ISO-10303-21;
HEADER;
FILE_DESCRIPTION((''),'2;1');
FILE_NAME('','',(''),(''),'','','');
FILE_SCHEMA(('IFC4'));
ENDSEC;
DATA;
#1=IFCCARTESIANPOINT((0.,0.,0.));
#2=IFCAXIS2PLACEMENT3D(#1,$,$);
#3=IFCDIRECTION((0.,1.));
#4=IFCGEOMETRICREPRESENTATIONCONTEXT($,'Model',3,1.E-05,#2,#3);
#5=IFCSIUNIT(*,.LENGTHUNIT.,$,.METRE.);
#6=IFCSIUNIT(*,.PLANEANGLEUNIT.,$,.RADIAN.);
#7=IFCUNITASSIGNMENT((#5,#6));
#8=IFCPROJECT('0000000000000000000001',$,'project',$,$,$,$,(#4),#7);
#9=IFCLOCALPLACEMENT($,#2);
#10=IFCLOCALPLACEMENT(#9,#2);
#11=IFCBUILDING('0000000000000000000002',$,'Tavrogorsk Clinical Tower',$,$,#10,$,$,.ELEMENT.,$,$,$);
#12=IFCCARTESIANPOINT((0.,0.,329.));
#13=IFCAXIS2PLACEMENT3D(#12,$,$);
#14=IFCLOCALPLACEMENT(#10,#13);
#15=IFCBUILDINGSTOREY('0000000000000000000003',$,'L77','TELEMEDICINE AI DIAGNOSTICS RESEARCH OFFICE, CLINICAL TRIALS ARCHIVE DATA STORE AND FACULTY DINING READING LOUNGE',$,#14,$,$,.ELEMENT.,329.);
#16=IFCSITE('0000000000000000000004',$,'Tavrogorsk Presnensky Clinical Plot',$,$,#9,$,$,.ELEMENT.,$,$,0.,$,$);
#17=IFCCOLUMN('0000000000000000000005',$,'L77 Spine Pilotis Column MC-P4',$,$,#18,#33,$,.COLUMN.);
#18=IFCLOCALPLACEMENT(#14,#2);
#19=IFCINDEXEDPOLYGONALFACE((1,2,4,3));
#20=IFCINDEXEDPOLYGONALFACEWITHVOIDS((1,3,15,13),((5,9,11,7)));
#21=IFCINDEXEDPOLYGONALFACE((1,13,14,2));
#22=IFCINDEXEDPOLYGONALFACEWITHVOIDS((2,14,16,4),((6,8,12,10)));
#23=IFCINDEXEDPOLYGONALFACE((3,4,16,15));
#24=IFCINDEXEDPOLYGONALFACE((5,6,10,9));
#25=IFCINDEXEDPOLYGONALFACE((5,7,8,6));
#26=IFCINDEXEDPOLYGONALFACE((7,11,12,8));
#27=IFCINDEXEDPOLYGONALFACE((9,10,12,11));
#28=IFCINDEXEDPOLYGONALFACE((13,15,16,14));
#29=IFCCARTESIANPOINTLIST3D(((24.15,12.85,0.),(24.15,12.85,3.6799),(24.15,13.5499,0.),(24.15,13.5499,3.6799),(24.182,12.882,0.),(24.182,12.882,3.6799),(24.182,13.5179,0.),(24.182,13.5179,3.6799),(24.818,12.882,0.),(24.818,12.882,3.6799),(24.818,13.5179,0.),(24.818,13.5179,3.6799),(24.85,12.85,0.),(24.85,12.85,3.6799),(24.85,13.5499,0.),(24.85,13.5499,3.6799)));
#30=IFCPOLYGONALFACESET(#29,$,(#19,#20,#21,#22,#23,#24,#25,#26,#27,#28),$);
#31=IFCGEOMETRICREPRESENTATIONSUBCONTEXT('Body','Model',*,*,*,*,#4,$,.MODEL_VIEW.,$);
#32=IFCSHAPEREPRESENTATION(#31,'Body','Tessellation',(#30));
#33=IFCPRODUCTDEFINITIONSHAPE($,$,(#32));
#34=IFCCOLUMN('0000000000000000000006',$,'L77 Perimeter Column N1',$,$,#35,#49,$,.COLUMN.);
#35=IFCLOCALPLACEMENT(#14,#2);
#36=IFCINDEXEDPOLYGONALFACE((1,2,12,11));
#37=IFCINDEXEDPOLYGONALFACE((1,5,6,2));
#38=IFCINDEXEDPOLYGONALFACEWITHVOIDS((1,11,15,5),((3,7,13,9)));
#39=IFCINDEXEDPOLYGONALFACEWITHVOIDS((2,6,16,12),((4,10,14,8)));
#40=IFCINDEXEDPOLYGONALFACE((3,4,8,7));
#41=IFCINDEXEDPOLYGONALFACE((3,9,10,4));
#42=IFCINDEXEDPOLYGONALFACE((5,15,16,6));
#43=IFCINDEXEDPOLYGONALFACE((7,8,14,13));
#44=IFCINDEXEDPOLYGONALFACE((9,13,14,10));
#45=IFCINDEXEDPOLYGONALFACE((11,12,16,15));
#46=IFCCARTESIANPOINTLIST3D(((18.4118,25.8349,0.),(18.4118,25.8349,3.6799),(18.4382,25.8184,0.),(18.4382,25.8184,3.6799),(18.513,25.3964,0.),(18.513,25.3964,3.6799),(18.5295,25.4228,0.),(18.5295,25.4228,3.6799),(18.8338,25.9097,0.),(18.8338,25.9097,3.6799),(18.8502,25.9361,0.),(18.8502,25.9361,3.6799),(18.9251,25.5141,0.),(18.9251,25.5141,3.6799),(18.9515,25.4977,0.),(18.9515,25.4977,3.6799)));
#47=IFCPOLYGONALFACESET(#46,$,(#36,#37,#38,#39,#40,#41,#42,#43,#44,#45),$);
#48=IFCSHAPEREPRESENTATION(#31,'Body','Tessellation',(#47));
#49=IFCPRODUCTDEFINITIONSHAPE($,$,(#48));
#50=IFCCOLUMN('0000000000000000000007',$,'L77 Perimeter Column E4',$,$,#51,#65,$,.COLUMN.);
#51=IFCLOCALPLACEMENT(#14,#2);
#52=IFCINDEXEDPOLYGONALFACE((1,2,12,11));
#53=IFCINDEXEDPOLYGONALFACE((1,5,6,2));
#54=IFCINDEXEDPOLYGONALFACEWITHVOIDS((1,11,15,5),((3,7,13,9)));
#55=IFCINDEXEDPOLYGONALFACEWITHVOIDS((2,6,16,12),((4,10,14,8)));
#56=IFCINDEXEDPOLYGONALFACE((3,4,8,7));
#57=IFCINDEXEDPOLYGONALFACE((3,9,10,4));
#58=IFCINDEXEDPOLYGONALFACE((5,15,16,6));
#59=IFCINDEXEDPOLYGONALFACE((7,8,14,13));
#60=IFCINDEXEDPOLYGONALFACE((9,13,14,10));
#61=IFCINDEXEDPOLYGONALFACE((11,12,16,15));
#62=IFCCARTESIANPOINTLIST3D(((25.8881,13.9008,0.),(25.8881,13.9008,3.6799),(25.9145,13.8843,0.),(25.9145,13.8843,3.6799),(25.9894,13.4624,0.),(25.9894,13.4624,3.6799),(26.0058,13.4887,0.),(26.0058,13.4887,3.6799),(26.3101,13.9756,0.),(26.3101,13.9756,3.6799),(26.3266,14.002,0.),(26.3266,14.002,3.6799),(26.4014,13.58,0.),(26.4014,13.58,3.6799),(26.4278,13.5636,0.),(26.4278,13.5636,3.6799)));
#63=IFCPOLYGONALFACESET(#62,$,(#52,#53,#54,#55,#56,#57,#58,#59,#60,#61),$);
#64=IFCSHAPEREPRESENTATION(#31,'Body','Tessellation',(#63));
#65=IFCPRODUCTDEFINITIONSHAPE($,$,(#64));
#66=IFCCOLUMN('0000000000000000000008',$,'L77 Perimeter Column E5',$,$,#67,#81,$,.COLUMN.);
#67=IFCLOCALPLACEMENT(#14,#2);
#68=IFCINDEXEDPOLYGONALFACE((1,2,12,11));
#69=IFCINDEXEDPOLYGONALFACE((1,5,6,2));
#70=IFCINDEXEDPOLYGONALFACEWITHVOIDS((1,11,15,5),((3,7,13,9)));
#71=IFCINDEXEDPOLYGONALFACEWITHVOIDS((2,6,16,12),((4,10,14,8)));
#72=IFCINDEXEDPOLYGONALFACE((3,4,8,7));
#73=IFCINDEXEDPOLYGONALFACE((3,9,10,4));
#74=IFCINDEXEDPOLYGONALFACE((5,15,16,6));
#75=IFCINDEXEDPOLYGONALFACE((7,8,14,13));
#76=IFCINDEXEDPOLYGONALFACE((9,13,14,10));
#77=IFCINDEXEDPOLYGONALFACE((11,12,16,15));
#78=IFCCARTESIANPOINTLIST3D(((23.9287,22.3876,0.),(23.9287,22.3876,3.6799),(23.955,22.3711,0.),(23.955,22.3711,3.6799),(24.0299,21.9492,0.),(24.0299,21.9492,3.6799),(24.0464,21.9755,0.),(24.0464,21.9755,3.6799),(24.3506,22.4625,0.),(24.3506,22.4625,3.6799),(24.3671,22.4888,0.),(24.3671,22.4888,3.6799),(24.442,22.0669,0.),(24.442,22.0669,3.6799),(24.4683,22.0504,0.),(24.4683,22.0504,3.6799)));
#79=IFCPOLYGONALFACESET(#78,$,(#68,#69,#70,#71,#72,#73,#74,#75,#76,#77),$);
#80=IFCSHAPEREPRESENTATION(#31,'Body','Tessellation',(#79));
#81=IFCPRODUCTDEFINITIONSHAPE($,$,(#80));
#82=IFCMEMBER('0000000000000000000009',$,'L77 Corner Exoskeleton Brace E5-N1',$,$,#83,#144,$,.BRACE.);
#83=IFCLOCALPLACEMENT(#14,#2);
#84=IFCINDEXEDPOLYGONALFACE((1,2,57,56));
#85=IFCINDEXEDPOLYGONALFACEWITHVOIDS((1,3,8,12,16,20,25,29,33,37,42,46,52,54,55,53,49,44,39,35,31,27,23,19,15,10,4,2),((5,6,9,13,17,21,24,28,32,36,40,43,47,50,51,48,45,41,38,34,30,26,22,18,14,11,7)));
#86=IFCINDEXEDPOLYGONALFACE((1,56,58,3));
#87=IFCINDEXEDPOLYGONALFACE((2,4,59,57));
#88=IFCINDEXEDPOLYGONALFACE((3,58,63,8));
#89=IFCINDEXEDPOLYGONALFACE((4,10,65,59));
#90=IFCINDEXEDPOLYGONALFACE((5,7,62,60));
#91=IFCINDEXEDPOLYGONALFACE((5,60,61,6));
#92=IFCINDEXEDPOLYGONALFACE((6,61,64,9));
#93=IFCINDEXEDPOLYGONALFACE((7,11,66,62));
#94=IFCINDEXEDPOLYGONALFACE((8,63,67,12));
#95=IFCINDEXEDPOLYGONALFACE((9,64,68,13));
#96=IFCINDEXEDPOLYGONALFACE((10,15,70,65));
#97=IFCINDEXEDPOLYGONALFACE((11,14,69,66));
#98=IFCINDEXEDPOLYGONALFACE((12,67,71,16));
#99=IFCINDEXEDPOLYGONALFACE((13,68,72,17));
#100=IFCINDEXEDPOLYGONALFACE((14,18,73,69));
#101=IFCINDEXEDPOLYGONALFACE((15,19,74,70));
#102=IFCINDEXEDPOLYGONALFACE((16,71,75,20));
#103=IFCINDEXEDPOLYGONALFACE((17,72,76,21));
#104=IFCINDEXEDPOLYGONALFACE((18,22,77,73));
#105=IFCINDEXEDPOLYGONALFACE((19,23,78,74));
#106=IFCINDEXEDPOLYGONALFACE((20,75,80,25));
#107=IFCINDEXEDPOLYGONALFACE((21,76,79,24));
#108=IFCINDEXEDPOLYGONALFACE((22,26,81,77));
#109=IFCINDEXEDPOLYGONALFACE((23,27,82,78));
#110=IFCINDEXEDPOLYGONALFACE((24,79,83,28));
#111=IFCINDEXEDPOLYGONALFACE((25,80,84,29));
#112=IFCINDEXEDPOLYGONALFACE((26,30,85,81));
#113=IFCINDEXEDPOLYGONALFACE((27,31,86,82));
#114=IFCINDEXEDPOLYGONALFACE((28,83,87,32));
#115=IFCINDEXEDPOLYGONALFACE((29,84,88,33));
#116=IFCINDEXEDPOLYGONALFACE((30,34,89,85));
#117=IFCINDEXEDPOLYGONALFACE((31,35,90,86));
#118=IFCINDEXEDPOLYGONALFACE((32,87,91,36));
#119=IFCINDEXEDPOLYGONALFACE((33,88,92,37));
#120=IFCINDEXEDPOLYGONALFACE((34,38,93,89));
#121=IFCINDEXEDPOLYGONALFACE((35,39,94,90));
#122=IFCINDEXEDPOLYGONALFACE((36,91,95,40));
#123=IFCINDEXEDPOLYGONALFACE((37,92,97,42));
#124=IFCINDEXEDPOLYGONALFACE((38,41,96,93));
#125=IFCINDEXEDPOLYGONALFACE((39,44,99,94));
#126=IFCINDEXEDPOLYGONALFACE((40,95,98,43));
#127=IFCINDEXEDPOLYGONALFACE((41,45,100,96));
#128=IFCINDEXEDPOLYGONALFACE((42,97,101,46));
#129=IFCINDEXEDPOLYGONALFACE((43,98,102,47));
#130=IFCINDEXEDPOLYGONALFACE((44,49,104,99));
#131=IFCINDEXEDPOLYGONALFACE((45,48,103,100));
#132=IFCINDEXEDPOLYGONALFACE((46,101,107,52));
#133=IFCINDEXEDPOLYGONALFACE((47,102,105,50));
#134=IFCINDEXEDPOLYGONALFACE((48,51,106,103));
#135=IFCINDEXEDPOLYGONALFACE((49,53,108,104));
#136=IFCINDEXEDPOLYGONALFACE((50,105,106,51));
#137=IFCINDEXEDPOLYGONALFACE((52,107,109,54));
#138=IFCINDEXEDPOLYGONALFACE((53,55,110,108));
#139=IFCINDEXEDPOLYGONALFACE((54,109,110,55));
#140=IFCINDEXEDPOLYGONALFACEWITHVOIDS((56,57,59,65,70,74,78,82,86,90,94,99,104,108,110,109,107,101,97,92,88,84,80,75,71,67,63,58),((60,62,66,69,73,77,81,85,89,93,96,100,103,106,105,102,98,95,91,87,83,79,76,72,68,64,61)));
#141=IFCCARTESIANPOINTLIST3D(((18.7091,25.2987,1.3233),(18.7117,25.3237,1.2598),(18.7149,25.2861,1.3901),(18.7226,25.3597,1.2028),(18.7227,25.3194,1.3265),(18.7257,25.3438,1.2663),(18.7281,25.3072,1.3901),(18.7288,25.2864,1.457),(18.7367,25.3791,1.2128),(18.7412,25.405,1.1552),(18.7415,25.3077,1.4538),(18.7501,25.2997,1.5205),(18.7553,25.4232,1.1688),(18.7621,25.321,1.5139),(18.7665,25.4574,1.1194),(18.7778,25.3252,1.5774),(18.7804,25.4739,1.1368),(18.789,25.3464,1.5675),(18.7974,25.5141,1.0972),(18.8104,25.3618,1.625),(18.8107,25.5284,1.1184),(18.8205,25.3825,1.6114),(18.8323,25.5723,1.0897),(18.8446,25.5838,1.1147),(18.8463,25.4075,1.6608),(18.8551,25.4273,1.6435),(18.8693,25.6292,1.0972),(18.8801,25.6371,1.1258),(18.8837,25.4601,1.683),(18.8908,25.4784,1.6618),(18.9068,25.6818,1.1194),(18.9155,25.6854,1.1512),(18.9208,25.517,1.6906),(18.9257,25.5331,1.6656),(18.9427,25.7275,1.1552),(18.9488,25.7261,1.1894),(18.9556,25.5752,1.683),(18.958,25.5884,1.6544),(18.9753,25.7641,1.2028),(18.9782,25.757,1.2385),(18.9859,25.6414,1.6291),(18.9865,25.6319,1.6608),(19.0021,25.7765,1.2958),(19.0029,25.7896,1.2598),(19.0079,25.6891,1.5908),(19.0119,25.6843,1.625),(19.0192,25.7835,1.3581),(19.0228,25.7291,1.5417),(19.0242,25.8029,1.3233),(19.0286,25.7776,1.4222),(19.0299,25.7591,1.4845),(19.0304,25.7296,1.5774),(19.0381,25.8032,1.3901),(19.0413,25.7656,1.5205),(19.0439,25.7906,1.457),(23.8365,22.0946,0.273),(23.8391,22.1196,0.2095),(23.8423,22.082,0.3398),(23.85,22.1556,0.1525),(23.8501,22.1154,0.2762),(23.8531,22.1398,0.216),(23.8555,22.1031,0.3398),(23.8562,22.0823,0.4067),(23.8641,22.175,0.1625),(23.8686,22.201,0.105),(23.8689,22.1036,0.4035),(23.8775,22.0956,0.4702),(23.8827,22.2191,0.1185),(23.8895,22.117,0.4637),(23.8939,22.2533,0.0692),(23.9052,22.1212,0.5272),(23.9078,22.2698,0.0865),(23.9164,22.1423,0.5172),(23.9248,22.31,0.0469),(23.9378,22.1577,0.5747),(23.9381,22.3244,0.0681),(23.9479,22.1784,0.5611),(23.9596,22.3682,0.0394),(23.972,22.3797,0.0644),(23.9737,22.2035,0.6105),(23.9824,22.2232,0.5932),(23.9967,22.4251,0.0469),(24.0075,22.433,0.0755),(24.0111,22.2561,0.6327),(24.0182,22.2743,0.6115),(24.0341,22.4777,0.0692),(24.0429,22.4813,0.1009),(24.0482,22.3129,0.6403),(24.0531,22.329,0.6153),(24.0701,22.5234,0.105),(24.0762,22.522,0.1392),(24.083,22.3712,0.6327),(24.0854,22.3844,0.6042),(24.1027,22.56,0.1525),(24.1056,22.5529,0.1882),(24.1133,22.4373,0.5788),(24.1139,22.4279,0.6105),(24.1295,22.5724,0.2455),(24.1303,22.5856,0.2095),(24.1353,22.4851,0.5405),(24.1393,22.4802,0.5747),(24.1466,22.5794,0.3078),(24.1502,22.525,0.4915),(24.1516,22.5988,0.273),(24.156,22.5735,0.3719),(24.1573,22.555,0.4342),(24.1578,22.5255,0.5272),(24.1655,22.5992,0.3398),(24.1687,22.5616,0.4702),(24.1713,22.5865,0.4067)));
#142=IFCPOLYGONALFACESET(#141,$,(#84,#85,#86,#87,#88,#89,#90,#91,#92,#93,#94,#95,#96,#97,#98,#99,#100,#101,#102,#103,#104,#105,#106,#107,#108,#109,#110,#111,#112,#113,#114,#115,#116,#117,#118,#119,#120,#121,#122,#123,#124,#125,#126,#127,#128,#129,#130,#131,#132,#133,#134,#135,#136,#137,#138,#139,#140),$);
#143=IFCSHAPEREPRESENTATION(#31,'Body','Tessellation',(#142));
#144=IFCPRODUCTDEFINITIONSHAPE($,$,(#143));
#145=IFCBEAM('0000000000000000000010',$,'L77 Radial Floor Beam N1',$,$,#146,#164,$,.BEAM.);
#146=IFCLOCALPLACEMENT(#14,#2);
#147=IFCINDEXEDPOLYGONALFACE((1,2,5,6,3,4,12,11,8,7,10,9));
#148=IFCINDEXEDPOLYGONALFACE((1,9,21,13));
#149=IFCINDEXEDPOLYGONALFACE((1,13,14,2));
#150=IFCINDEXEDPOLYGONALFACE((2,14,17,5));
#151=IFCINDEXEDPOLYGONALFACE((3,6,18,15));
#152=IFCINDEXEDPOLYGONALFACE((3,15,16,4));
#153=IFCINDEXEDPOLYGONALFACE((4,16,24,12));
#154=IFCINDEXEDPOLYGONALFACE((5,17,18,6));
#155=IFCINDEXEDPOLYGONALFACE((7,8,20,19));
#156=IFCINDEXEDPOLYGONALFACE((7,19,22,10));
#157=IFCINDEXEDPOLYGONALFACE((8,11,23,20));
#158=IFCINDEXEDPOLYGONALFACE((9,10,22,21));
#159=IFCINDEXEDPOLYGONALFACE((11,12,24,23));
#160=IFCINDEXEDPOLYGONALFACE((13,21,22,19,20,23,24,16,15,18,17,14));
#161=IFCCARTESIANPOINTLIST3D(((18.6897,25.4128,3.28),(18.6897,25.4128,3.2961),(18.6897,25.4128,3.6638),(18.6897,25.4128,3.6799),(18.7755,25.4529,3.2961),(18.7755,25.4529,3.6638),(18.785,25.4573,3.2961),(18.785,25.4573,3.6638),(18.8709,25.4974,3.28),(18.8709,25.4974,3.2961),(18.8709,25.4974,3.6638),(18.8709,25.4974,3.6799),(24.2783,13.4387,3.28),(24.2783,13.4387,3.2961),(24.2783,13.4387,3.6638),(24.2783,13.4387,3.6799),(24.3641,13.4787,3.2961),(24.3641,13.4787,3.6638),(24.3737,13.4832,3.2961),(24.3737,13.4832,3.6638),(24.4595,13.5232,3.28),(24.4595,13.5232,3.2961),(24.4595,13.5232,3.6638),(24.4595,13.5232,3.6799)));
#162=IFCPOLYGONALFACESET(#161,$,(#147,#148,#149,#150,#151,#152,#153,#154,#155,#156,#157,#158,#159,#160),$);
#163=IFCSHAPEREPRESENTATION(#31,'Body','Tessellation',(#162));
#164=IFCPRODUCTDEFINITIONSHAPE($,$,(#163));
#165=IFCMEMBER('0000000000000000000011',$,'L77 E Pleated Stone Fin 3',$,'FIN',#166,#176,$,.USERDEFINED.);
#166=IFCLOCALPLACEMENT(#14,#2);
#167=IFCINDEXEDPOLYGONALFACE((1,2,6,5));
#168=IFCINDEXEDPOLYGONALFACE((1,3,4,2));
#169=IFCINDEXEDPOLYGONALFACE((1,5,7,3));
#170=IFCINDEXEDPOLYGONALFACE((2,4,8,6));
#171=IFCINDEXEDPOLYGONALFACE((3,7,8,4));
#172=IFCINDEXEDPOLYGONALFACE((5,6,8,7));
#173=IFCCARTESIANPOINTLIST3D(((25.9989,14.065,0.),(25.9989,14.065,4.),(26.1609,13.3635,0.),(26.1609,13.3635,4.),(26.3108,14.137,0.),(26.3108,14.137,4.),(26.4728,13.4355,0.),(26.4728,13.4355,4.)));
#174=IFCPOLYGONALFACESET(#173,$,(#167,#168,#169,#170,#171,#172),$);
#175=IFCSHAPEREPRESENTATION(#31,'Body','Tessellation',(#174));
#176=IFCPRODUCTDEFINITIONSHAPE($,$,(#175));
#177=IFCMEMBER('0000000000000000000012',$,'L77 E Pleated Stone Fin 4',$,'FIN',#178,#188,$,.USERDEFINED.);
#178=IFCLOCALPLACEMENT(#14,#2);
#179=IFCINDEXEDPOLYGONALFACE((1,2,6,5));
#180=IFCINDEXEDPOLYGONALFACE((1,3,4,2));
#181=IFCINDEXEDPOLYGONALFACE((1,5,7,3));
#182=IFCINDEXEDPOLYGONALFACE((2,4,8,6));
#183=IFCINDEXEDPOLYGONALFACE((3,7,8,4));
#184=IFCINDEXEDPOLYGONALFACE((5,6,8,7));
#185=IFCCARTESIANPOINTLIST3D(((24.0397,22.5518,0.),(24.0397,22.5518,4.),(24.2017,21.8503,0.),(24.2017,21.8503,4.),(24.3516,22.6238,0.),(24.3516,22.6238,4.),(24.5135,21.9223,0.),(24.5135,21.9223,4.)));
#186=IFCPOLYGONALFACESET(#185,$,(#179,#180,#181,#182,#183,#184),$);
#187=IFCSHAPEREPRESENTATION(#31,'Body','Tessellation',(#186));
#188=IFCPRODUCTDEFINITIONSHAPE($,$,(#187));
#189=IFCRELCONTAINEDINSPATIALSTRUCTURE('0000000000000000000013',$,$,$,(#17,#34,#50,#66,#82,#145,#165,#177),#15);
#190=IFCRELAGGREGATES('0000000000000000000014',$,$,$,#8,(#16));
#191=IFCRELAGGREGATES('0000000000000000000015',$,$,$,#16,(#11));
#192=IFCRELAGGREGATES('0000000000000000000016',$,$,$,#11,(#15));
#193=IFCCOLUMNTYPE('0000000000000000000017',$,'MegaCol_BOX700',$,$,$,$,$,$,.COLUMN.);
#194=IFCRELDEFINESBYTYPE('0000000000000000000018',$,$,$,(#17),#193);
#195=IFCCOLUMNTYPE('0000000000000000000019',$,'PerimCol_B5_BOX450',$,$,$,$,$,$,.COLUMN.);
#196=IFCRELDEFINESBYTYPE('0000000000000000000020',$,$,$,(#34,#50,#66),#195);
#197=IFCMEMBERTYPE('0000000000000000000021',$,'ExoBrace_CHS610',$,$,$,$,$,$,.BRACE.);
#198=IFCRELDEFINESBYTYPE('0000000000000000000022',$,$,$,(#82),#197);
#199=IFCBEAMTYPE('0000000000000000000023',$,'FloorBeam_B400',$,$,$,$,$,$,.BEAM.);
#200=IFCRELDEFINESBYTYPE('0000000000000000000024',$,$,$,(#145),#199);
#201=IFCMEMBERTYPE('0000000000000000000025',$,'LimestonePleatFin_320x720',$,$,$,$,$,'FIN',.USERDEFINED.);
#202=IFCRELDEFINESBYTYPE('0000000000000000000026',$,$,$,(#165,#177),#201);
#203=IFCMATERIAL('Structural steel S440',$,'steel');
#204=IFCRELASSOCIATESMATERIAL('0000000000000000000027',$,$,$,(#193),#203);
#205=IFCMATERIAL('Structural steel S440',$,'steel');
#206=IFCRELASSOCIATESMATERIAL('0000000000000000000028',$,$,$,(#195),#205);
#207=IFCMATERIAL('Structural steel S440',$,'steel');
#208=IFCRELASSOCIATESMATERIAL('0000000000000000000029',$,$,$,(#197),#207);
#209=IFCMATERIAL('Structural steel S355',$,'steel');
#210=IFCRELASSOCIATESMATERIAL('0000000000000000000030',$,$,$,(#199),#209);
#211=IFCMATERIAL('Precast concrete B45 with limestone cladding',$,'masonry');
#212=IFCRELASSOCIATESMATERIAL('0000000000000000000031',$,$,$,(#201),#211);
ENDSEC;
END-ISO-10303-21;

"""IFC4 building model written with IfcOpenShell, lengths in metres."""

from ifc_helpers import new_model, si_unit, direction, frame, origin, origin_2d, place, context, subcontext, project, spatial, rectangle, hollow_rectangle, hollow_circle, i_section, extrude, material, material_profile, profile_set, type_object, element, save


model = new_model("IFC4")

# Units and contexts
model_context = context("Model", 3, precision=1e-05, world=origin(), true_north=direction((0.0, 1.0)))
body_context = subcontext(model_context, "Body", "Model", "MODEL_VIEW")
ifc_project = project(units=[si_unit("LENGTHUNIT", "METRE"), si_unit("PLANEANGLEUNIT", "RADIAN")], contexts=[model_context])

# Site, building, storey
site_placement = place(None, origin())
site = spatial("IfcSite", under=ifc_project, at=site_placement, Name="Tavrogorsk Presnensky Clinical Plot", CompositionType="ELEMENT", RefElevation=0.0)
building_placement = place(site_placement, origin())
building = spatial("IfcBuilding", under=site, at=building_placement, Name="Tavrogorsk Clinical Tower", CompositionType="ELEMENT")
storey_placement = place(building_placement, frame((0.0, 0.0, 329.0)))
storey = spatial("IfcBuildingStorey", under=building, at=storey_placement, Name="L77", Description="TELEMEDICINE AI DIAGNOSTICS RESEARCH OFFICE, CLINICAL TRIALS ARCHIVE DATA STORE AND FACULTY DINING READING LOUNGE", CompositionType="ELEMENT", Elevation=329.0)

# Columns
ifc_material_1 = material(Name="Structural steel S440", Category="steel")
ifc_material_profile_1 = material_profile(ifc_material_1, hollow_rectangle(XDim=0.7, YDim=0.7, WallThickness=0.032, at=origin_2d()), Name="BOX-700x700x32")
ifc_profile_set_1 = profile_set([ifc_material_profile_1], Name="Structural steel S440")
column_type_1 = type_object("IfcColumnType", Name="MegaCol_BOX700", PredefinedType="COLUMN", material=ifc_profile_set_1)
column_placement = place(storey_placement, frame((24.5, 13.2, 0.0), z_axis=(0.0, 0.0, 1.0), x_axis=(1.0, 0.0, 0.0)))
element("IfcColumn", 1, at=column_placement, inside=storey, type_object=column_type_1, Name="L77 Spine Pilotis Column MC-P4", PredefinedType="COLUMN", context=body_context, shape_type="SweptSolid", body=[
    extrude(hollow_rectangle(XDim=0.7, YDim=0.7, WallThickness=0.032, at=origin_2d()), origin(), (0.0, 0.0, 1.0), 3.6799),
])
ifc_material_2 = material(Name="Structural steel S440", Category="steel")
ifc_material_profile_2 = material_profile(ifc_material_2, hollow_rectangle(XDim=0.45, YDim=0.45, WallThickness=0.022, at=origin_2d()), Name="BOX-450x450x22")
ifc_profile_set_2 = profile_set([ifc_material_profile_2], Name="Structural steel S440")
column_type_2 = type_object("IfcColumnType", Name="PerimCol_B5_BOX450", PredefinedType="COLUMN", material=ifc_profile_set_2)
for number, where, z_axis, x_axis, name in (
    (2, (18.6816, 25.6663, 0.0), (0.0, 0.0, 1.0), (0.97437, 0.224951, 0.0), "L77 Perimeter Column N1"),
    (3, (26.158, 13.7322, 0.0), (0.0, 0.0, 1.0), (0.97437, 0.224951, 0.0), "L77 Perimeter Column E4"),
    (4, (24.1985, 22.219, 0.0), (0.0, 0.0, 1.0), (0.97437, 0.224951, 0.0), "L77 Perimeter Column E5"),
):
    element("IfcColumn", number, at=place(storey_placement, frame(where, z_axis=z_axis, x_axis=x_axis)), inside=storey, type_object=column_type_2, Name=name, PredefinedType="COLUMN", context=body_context, shape_type="SweptSolid", body=[
        extrude(hollow_rectangle(XDim=0.45, YDim=0.45, WallThickness=0.022, at=origin_2d()), origin(), (0.0, 0.0, 1.0), 3.6799),
    ])

# Member
ifc_material_3 = material(Name="Structural steel S440", Category="steel")
ifc_material_profile_3 = material_profile(ifc_material_3, hollow_circle(Radius=0.3049, WallThickness=0.0249, at=origin_2d()), Name="CHS-610x25")
ifc_profile_set_3 = profile_set([ifc_material_profile_3], Name="Structural steel S440")
member_type_1 = type_object("IfcMemberType", Name="ExoBrace_CHS610", PredefinedType="BRACE", material=ifc_profile_set_3)
member_placement = place(storey_placement, frame((24.0039, 22.3406, 0.3398), z_axis=(-0.835527, 0.522115, 0.171147), x_axis=(-0.529934, -0.848039, 0.0)))
element("IfcMember", 5, at=member_placement, inside=storey, type_object=member_type_1, Name="L77 Corner Exoskeleton Brace E5-N1", PredefinedType="BRACE", context=body_context, shape_type="SweptSolid", body=[
    extrude(hollow_circle(Radius=0.3049, WallThickness=0.0249, at=origin_2d()), origin(), (0.0, 0.0, 1.0), 6.1367),
])

# Beam
ifc_material_4 = material(Name="Structural steel S355", Category="steel")
ifc_material_profile_4 = material_profile(ifc_material_4, i_section(OverallWidth=0.2, OverallDepth=0.3999, WebThickness=0.0105, FlangeThickness=0.0161, at=origin_2d()), Name="B-400x200x10.5x16")
ifc_profile_set_4 = profile_set([ifc_material_profile_4], Name="Structural steel S355")
beam_type_1 = type_object("IfcBeamType", Name="FloorBeam_B400", PredefinedType="BEAM", material=ifc_profile_set_4)
beam_1_placement = place(storey_placement, frame((24.3689, 13.481, 3.48), z_axis=(-0.422929, 0.906163, 0.0), x_axis=(-0.906163, -0.422929, 0.0)))
element("IfcBeam", 6, at=beam_1_placement, inside=storey, type_object=beam_type_1, Name="L77 Radial Floor Beam N1", PredefinedType="BEAM", context=body_context, shape_type="SweptSolid", body=[
    extrude(i_section(OverallWidth=0.2, OverallDepth=0.3999, WebThickness=0.0105, FlangeThickness=0.0161, at=origin_2d()), origin(), (0.0, 0.0, 1.0), 13.2141),
])

# Members
ifc_material_5 = material(Name="Precast concrete B45 with limestone cladding", Category="masonry")
ifc_material_profile_5 = material_profile(ifc_material_5, rectangle(XDim=0.3201, YDim=0.72, at=origin_2d()), Name="LIMESTONE-FIN-320x720")
ifc_profile_set_5 = profile_set([ifc_material_profile_5], Name="Precast concrete B45 with limestone cladding")
member_type_2 = type_object("IfcMemberType", Name="LimestonePleatFin_320x720", ElementType="FIN", PredefinedType="USERDEFINED", material=ifc_profile_set_5)
for number, where, z_axis, x_axis, name in (
    (7, (26.2358, 13.7502, 0.0), (0.0, 0.0, 1.0), (0.97437, 0.224951, 0.0), "L77 E Pleated Stone Fin 3"),
    (8, (24.2766, 22.2371, 0.0), (0.0, 0.0, 1.0), (0.97437, 0.224951, 0.0), "L77 E Pleated Stone Fin 4"),
):
    element("IfcMember", number, at=place(storey_placement, frame(where, z_axis=z_axis, x_axis=x_axis)), inside=storey, type_object=member_type_2, Name=name, ObjectType="FIN", PredefinedType="USERDEFINED", context=body_context, shape_type="SweptSolid", body=[
        extrude(rectangle(XDim=0.3201, YDim=0.72, at=origin_2d()), origin(), (0.0, 0.0, 1.0), 4.0),
    ])

save(model, "model.ifc")
